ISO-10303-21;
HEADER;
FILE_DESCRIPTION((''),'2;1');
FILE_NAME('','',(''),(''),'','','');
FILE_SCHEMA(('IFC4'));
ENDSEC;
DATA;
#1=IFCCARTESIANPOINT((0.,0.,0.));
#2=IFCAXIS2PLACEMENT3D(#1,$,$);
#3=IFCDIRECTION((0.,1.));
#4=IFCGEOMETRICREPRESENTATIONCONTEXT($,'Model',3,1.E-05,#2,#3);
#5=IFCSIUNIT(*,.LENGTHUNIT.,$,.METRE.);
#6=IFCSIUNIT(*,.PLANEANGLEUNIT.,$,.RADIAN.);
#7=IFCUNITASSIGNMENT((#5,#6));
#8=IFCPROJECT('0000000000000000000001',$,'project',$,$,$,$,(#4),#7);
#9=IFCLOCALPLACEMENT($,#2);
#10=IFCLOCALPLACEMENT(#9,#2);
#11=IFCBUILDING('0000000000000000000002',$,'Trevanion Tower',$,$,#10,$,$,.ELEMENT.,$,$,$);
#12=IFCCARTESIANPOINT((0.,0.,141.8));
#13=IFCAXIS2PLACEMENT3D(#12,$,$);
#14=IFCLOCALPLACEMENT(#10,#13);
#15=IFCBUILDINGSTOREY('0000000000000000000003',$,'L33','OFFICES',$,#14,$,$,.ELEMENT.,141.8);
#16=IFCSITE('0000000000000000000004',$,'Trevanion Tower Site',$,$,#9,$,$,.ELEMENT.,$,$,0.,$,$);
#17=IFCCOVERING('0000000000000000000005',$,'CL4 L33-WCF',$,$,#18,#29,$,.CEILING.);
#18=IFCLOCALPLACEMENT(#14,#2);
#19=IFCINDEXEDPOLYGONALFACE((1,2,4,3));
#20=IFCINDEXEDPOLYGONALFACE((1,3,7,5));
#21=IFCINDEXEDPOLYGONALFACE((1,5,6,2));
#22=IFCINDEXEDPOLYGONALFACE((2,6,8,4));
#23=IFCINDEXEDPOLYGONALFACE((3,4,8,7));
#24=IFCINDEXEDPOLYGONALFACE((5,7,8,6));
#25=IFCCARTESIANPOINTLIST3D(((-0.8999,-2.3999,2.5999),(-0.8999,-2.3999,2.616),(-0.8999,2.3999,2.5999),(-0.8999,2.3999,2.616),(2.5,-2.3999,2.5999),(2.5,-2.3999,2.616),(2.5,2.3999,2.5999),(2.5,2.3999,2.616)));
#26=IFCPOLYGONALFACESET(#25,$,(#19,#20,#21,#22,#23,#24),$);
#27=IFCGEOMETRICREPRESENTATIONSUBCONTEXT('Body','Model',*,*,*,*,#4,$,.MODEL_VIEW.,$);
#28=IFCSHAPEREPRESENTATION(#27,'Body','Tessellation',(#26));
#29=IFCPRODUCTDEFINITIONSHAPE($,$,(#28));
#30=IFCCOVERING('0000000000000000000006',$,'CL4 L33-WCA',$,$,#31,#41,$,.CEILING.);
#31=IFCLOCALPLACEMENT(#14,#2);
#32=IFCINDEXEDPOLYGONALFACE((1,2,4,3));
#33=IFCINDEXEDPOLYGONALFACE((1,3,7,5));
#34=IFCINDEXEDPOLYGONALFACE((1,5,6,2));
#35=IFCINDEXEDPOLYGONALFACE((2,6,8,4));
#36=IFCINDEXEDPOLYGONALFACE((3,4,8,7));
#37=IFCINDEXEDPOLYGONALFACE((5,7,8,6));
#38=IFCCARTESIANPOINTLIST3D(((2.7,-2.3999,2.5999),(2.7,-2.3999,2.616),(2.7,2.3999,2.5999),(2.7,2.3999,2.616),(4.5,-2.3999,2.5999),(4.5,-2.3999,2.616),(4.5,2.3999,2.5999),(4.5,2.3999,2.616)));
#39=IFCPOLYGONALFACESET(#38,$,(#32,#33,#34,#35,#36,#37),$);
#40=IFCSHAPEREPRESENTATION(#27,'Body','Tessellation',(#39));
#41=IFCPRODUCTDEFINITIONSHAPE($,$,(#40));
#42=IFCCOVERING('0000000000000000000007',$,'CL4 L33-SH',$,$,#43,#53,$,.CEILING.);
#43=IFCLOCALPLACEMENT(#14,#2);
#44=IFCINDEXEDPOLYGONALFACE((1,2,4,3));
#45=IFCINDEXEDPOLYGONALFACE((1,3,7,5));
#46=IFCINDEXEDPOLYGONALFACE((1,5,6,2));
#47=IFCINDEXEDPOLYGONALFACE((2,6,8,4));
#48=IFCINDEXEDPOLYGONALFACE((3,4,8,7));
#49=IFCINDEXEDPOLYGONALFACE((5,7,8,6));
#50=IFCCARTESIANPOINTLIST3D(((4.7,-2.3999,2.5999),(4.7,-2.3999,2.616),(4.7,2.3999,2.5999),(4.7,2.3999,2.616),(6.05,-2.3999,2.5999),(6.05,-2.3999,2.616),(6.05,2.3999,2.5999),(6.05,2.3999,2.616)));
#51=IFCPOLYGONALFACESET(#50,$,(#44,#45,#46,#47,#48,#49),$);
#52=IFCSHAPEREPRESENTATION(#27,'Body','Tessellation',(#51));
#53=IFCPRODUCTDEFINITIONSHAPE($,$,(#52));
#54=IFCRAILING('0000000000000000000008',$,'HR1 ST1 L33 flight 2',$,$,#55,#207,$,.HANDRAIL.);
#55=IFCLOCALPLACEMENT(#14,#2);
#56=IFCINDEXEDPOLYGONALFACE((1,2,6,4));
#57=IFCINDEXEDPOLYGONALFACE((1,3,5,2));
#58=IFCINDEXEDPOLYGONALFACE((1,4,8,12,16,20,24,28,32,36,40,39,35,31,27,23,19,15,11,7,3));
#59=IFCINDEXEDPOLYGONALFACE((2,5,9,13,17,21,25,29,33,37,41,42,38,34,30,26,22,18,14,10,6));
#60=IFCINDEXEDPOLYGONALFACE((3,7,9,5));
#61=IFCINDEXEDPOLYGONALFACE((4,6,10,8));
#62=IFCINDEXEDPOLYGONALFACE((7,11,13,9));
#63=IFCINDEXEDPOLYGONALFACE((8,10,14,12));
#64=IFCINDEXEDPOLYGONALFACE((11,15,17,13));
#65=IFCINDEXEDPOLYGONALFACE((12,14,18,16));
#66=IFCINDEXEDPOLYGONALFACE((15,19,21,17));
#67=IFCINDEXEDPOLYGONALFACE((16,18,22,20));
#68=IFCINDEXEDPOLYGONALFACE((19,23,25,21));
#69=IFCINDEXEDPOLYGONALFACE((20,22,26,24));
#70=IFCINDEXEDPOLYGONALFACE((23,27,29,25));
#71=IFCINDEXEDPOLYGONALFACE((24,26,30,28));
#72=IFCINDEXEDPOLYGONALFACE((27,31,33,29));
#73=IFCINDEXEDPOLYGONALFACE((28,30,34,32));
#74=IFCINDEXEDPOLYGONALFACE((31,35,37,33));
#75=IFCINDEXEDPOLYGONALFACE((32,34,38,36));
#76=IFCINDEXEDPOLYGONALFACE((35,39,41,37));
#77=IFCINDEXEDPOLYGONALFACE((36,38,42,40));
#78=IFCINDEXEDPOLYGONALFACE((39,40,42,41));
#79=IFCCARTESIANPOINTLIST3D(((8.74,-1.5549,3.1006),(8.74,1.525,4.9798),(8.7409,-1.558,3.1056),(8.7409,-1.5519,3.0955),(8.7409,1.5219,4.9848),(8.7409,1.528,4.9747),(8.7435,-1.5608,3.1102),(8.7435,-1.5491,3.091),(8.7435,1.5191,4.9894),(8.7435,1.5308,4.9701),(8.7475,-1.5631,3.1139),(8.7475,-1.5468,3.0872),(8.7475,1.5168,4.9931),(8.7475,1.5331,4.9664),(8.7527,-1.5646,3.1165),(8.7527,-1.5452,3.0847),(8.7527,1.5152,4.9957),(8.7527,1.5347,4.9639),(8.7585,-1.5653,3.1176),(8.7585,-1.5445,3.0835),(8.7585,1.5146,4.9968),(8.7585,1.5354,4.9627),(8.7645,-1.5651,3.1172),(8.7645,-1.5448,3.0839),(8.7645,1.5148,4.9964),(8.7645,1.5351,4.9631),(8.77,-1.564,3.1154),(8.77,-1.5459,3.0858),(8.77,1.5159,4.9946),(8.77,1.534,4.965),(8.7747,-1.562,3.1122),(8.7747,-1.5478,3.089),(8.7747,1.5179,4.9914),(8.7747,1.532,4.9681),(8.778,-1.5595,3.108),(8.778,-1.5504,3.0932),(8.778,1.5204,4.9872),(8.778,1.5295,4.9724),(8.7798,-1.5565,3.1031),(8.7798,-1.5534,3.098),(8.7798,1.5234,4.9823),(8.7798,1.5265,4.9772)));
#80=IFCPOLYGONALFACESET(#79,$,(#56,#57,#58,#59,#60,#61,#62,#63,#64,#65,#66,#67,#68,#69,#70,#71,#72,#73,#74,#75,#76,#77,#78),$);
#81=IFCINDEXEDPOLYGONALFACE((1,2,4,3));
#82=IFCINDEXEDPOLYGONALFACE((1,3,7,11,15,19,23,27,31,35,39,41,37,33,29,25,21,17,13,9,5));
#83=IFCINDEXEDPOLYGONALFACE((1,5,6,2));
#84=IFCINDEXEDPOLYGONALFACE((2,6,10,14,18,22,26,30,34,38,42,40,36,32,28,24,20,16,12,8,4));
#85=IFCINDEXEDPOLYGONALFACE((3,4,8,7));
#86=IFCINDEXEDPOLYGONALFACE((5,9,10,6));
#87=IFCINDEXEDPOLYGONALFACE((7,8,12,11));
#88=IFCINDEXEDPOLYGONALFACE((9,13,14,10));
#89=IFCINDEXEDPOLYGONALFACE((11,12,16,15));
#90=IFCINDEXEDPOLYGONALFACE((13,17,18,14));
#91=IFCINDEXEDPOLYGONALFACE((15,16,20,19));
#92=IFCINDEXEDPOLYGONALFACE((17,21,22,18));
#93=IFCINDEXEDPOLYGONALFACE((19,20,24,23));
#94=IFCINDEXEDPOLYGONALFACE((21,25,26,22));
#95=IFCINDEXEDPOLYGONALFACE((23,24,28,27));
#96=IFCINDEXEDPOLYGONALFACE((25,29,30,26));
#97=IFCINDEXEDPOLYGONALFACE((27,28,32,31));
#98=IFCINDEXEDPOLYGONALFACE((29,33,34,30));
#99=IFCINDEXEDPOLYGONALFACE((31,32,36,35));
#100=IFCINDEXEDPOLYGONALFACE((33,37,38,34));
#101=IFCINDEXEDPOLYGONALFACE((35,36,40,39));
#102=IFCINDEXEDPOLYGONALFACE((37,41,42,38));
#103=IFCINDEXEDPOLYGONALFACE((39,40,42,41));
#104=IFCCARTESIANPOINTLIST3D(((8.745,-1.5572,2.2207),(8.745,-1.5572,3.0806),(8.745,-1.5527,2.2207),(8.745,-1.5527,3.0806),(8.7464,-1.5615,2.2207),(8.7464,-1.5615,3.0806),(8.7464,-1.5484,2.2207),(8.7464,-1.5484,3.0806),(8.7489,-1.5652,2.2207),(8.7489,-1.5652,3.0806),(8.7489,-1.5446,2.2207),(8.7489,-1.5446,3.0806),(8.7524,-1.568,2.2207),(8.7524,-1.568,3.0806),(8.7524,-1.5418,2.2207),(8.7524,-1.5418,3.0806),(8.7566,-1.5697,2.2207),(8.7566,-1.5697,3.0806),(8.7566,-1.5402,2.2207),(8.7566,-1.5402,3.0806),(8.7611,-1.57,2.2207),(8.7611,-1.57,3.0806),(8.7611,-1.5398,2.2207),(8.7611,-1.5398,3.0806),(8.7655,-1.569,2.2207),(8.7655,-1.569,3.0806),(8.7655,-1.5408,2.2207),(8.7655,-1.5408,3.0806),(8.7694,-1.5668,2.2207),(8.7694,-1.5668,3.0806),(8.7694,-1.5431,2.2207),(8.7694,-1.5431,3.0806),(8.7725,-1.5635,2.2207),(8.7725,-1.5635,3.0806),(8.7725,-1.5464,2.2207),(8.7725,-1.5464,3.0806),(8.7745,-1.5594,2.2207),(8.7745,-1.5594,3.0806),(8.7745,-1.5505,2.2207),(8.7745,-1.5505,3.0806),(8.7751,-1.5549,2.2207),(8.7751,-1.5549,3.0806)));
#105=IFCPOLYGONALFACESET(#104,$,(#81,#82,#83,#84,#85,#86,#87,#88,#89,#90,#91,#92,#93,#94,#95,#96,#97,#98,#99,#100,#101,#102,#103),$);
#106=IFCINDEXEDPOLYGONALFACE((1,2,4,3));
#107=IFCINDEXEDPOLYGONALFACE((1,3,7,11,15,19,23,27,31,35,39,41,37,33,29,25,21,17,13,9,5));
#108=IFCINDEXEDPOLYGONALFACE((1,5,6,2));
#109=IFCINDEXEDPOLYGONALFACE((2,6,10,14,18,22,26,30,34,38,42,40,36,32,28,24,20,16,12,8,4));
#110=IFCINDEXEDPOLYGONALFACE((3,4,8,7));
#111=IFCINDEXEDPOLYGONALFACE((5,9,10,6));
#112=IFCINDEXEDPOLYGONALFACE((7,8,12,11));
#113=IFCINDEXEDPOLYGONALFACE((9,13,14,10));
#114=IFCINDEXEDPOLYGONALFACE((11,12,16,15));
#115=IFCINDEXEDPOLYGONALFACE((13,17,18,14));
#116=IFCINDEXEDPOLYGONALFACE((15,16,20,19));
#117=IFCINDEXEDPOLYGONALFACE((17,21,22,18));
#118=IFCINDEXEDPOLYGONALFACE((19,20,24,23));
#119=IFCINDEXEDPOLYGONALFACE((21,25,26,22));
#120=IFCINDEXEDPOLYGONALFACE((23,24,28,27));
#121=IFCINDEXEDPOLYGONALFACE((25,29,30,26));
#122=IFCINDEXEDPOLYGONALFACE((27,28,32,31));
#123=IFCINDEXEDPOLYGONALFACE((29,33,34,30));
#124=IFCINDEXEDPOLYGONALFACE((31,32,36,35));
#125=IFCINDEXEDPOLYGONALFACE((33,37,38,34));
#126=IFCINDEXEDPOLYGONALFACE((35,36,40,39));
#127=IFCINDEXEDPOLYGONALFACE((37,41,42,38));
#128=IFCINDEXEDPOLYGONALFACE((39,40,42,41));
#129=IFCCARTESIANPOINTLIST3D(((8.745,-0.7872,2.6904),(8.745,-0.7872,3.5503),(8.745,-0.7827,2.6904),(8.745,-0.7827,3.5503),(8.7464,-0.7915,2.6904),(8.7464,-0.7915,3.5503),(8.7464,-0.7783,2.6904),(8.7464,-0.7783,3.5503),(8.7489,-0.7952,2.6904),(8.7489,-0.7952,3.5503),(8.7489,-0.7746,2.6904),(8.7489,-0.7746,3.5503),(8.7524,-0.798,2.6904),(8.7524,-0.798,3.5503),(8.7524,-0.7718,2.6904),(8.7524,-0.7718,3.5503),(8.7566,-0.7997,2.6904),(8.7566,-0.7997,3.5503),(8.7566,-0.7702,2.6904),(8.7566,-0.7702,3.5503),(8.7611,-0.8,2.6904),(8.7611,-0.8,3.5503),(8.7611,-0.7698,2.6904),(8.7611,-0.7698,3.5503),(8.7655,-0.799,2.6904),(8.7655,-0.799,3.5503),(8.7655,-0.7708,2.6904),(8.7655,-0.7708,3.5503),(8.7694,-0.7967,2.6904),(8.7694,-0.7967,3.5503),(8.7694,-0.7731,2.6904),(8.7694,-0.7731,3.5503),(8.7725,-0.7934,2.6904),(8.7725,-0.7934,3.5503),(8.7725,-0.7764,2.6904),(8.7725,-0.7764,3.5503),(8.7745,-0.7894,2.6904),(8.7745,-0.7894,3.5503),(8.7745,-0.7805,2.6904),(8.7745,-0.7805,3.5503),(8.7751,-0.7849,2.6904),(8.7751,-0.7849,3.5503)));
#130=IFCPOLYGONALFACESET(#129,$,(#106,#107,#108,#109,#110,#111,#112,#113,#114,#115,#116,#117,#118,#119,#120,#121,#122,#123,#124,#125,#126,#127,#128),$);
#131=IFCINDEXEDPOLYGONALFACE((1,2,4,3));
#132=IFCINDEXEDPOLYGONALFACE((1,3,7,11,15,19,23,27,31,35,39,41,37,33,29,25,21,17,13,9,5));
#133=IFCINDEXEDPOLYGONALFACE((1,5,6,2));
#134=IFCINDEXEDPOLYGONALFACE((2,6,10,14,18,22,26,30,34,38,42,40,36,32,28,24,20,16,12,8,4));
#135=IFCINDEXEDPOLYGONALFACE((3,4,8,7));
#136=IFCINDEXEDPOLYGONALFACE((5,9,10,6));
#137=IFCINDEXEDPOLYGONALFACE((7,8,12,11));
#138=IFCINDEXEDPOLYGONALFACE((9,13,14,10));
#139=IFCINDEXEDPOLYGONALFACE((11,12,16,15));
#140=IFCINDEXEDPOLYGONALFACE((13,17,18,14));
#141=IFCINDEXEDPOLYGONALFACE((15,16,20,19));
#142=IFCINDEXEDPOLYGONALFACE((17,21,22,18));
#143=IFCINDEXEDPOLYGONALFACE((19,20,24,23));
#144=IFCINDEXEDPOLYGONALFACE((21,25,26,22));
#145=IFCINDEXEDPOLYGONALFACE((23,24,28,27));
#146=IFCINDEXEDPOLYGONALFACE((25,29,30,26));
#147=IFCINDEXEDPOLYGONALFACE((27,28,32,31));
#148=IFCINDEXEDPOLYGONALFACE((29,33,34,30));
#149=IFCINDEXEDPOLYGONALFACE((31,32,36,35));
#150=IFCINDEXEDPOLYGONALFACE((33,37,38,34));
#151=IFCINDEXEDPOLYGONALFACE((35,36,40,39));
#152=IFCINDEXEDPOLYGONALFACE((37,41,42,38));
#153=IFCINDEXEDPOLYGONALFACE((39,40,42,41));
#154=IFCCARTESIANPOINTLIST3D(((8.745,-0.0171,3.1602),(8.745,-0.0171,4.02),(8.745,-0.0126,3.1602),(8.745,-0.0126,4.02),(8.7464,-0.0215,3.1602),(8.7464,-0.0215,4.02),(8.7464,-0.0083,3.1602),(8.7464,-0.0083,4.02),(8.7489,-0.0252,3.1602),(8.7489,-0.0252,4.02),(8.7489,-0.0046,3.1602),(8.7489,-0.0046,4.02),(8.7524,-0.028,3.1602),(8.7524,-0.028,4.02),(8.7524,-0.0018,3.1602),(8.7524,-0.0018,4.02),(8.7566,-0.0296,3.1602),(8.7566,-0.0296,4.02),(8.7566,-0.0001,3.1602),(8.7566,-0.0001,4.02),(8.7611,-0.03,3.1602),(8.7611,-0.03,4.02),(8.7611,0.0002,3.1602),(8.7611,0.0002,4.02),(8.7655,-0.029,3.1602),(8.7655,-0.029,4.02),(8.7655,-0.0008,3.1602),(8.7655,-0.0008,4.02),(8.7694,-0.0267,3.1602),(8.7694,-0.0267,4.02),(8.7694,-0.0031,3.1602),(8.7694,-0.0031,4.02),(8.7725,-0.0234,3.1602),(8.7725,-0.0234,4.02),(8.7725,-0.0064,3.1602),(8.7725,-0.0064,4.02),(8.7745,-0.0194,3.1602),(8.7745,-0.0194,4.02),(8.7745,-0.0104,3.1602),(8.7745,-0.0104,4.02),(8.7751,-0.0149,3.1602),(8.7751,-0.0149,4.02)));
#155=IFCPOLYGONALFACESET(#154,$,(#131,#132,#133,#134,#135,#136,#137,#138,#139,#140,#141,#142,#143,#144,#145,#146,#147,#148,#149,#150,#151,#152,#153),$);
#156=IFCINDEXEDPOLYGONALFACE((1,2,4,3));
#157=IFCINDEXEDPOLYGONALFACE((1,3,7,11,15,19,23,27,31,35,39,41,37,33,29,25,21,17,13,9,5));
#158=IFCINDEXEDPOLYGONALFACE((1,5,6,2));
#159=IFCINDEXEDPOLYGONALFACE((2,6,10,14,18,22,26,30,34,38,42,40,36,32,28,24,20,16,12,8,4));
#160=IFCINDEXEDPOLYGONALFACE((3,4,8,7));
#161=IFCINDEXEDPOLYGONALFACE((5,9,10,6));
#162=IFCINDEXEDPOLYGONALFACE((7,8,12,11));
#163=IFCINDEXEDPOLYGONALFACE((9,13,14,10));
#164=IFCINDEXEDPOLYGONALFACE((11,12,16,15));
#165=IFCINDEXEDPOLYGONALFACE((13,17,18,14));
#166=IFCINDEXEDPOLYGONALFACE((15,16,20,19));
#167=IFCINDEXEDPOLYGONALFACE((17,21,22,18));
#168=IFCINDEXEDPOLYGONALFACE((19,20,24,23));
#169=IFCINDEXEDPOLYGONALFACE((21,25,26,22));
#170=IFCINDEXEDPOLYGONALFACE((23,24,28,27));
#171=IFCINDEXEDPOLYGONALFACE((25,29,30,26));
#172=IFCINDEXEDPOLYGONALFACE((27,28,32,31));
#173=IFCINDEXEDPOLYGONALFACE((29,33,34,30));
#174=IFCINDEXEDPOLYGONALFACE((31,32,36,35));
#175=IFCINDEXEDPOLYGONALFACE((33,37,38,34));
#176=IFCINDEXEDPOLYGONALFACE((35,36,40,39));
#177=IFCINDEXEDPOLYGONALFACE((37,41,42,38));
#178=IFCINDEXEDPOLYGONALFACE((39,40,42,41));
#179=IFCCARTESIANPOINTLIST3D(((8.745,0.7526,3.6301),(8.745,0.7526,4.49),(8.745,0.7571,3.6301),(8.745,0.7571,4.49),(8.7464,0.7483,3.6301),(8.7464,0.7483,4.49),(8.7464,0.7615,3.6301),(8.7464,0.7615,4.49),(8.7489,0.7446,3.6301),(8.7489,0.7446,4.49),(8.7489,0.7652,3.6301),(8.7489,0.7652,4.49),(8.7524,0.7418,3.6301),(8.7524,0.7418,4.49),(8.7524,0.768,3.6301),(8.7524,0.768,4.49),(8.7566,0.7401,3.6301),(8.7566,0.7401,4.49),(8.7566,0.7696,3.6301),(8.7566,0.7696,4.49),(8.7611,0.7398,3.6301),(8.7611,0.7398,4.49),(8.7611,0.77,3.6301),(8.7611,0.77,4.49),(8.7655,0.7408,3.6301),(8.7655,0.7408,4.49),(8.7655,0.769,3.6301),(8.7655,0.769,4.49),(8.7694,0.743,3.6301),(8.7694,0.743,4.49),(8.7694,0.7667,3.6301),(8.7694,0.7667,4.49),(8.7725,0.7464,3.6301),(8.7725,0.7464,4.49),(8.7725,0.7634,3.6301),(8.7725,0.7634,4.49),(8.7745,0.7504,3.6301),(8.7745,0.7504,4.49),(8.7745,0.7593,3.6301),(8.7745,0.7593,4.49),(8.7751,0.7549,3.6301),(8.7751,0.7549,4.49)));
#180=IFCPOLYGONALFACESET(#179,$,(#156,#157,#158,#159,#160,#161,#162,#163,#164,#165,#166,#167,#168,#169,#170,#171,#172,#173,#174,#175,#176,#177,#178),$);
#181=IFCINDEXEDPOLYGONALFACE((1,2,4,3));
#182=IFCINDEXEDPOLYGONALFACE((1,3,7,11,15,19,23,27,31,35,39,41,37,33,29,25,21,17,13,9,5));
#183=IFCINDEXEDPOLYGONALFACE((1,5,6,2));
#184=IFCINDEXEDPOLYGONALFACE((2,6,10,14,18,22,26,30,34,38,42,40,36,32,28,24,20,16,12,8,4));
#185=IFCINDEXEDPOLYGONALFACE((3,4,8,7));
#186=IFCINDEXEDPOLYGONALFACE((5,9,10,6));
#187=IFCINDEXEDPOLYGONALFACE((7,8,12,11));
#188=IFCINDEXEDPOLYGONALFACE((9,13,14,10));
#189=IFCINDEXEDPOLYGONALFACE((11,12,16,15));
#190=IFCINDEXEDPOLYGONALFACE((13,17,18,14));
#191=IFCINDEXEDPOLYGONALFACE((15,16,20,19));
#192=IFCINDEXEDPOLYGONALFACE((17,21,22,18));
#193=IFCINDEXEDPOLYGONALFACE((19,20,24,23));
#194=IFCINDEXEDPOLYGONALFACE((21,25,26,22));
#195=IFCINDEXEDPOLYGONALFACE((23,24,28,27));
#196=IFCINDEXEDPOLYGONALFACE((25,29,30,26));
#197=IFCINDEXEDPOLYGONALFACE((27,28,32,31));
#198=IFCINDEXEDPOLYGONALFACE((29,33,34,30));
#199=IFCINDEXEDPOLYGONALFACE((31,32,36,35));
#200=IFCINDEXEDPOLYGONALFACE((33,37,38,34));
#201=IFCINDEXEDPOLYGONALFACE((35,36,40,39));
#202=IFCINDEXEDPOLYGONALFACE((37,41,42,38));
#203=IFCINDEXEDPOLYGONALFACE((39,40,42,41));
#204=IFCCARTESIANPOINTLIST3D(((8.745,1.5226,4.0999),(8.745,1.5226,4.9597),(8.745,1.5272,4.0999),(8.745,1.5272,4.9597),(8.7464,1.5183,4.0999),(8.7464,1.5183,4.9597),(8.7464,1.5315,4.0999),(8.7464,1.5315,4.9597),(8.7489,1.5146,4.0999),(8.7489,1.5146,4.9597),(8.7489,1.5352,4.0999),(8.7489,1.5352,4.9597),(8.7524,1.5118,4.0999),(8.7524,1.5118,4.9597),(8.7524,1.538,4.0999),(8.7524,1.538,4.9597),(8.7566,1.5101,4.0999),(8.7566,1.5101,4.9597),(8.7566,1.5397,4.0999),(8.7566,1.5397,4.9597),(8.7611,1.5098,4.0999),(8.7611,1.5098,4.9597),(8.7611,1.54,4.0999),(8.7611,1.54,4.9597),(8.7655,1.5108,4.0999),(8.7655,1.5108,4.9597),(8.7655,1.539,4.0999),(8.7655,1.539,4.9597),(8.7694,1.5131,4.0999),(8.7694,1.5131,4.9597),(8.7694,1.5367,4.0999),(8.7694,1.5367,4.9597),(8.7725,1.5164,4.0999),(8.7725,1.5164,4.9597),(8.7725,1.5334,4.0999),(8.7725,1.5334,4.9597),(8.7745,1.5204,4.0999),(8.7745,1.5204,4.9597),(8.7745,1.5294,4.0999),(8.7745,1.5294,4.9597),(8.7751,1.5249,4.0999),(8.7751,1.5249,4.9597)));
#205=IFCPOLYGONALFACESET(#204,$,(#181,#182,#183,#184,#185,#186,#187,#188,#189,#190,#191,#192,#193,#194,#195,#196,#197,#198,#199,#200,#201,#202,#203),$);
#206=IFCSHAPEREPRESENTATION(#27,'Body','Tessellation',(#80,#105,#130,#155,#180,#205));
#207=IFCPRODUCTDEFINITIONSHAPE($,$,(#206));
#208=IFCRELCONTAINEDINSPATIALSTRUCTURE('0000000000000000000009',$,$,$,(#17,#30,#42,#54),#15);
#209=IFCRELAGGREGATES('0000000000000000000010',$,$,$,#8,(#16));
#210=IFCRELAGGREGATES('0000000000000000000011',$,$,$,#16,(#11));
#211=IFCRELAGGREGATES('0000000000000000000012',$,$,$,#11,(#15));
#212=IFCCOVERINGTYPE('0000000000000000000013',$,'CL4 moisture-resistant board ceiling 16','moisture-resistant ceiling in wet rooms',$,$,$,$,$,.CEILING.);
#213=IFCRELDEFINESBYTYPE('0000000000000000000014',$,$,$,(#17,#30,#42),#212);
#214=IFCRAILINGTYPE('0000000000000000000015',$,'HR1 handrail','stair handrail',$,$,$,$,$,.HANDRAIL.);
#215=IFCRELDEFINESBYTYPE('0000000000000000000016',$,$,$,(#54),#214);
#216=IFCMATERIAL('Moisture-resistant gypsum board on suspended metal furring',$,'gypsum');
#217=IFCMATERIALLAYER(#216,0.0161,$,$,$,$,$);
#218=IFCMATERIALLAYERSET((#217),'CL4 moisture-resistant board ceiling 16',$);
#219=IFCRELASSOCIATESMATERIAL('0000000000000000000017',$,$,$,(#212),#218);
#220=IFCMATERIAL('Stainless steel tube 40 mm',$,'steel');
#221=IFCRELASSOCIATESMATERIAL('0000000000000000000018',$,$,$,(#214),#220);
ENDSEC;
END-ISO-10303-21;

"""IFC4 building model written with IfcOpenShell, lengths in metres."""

from ifc_helpers import new_model, si_unit, direction, frame, origin, origin_2d, place, context, subcontext, project, spatial, polyline, circle, outline, extrude, material, layer, layer_set, type_object, element, save


model = new_model("IFC4")

# Units and contexts
model_context = context("Model", 3, precision=1e-05, world=origin(), true_north=direction((0.0, 1.0)))
body_context = subcontext(model_context, "Body", "Model", "MODEL_VIEW")
ifc_project = project(units=[si_unit("LENGTHUNIT", "METRE"), si_unit("PLANEANGLEUNIT", "RADIAN")], contexts=[model_context])

# Site, building, storey
site_placement = place(None, origin())
site = spatial("IfcSite", under=ifc_project, at=site_placement, Name="Trevanion Tower Site", CompositionType="ELEMENT", RefElevation=0.0)
building_placement = place(site_placement, origin())
building = spatial("IfcBuilding", under=site, at=building_placement, Name="Trevanion Tower", CompositionType="ELEMENT")
storey_placement = place(building_placement, frame((0.0, 0.0, 141.8)))
storey = spatial("IfcBuildingStorey", under=building, at=storey_placement, Name="L33", Description="OFFICES", CompositionType="ELEMENT", Elevation=141.8)

# Coverings
ifc_material_1 = material(Name="Moisture-resistant gypsum board on suspended metal furring", Category="gypsum")
ifc_layer_1 = layer(ifc_material_1, 0.0161)
ifc_layer_set_1 = layer_set([ifc_layer_1], Name="CL4 moisture-resistant board ceiling 16")
covering_type_1 = type_object("IfcCoveringType", Name="CL4 moisture-resistant board ceiling 16", Description="moisture-resistant ceiling in wet rooms", PredefinedType="CEILING", material=ifc_layer_set_1)
covering_1_placement = place(storey_placement, frame((0.0, 0.0, 2.5999)))
element("IfcCovering", 1, at=covering_1_placement, inside=storey, type_object=covering_type_1, Name="CL4 L33-WCF", PredefinedType="CEILING", context=body_context, shape_type="SweptSolid", body=[
    extrude(outline(polyline([(2.5, -2.3999), (2.5, 2.3999), (-0.8999, 2.3999), (-0.8999, -2.3999), (2.5, -2.3999)])), origin(), (0.0, 0.0, 1.0), 0.0161),
])
covering_2_placement = place(storey_placement, frame((0.0, 0.0, 2.5999)))
element("IfcCovering", 2, at=covering_2_placement, inside=storey, type_object=covering_type_1, Name="CL4 L33-WCA", PredefinedType="CEILING", context=body_context, shape_type="SweptSolid", body=[
    extrude(outline(polyline([(4.5, -2.3999), (4.5, 2.3999), (2.7, 2.3999), (2.7, -2.3999), (4.5, -2.3999)])), origin(), (0.0, 0.0, 1.0), 0.0161),
])
covering_3_placement = place(storey_placement, frame((0.0, 0.0, 2.5999)))
element("IfcCovering", 3, at=covering_3_placement, inside=storey, type_object=covering_type_1, Name="CL4 L33-SH", PredefinedType="CEILING", context=body_context, shape_type="SweptSolid", body=[
    extrude(outline(polyline([(6.05, -2.3999), (6.05, 2.3999), (4.7, 2.3999), (4.7, -2.3999), (6.05, -2.3999)])), origin(), (0.0, 0.0, 1.0), 0.0161),
])

# Railing
ifc_material_2 = material(Name="Stainless steel tube 40 mm", Category="steel")
railing_type = type_object("IfcRailingType", Name="HR1 handrail", Description="stair handrail", PredefinedType="HANDRAIL", material=ifc_material_2)
for number, where, name in (
    (4, (8.76, -1.5549, 2.2207), "HR1 ST1 L33 flight 2"),
):
    element("IfcRailing", number, at=place(storey_placement, frame(where)), inside=storey, type_object=railing_type, Name=name, PredefinedType="HANDRAIL", context=body_context, shape_type="SweptSolid", body=[
        extrude(circle(Radius=0.02, at=origin_2d()), frame((0.0, 0.0, 0.8799), z_axis=(0.0, 0.853648, 0.52085), x_axis=(-1.0, 0.0, 0.0)), (0.0, 0.0, 1.0), 3.6079),
        extrude(circle(Radius=0.0151, at=origin_2d()), origin(), (0.0, 0.0, 1.0), 0.8599),
        extrude(circle(Radius=0.0151, at=origin_2d()), frame((0.0, 0.77, 0.4697)), (0.0, 0.0, 1.0), 0.8599),
        extrude(circle(Radius=0.0151, at=origin_2d()), frame((0.0, 1.54, 0.9395)), (0.0, 0.0, 1.0), 0.8599),
        extrude(circle(Radius=0.0151, at=origin_2d()), frame((0.0, 2.3098, 1.4094)), (0.0, 0.0, 1.0), 0.8599),
        extrude(circle(Radius=0.0151, at=origin_2d()), frame((0.0, 3.0798, 1.8792)), (0.0, 0.0, 1.0), 0.8599),
    ])

save(model, "model.ifc")
